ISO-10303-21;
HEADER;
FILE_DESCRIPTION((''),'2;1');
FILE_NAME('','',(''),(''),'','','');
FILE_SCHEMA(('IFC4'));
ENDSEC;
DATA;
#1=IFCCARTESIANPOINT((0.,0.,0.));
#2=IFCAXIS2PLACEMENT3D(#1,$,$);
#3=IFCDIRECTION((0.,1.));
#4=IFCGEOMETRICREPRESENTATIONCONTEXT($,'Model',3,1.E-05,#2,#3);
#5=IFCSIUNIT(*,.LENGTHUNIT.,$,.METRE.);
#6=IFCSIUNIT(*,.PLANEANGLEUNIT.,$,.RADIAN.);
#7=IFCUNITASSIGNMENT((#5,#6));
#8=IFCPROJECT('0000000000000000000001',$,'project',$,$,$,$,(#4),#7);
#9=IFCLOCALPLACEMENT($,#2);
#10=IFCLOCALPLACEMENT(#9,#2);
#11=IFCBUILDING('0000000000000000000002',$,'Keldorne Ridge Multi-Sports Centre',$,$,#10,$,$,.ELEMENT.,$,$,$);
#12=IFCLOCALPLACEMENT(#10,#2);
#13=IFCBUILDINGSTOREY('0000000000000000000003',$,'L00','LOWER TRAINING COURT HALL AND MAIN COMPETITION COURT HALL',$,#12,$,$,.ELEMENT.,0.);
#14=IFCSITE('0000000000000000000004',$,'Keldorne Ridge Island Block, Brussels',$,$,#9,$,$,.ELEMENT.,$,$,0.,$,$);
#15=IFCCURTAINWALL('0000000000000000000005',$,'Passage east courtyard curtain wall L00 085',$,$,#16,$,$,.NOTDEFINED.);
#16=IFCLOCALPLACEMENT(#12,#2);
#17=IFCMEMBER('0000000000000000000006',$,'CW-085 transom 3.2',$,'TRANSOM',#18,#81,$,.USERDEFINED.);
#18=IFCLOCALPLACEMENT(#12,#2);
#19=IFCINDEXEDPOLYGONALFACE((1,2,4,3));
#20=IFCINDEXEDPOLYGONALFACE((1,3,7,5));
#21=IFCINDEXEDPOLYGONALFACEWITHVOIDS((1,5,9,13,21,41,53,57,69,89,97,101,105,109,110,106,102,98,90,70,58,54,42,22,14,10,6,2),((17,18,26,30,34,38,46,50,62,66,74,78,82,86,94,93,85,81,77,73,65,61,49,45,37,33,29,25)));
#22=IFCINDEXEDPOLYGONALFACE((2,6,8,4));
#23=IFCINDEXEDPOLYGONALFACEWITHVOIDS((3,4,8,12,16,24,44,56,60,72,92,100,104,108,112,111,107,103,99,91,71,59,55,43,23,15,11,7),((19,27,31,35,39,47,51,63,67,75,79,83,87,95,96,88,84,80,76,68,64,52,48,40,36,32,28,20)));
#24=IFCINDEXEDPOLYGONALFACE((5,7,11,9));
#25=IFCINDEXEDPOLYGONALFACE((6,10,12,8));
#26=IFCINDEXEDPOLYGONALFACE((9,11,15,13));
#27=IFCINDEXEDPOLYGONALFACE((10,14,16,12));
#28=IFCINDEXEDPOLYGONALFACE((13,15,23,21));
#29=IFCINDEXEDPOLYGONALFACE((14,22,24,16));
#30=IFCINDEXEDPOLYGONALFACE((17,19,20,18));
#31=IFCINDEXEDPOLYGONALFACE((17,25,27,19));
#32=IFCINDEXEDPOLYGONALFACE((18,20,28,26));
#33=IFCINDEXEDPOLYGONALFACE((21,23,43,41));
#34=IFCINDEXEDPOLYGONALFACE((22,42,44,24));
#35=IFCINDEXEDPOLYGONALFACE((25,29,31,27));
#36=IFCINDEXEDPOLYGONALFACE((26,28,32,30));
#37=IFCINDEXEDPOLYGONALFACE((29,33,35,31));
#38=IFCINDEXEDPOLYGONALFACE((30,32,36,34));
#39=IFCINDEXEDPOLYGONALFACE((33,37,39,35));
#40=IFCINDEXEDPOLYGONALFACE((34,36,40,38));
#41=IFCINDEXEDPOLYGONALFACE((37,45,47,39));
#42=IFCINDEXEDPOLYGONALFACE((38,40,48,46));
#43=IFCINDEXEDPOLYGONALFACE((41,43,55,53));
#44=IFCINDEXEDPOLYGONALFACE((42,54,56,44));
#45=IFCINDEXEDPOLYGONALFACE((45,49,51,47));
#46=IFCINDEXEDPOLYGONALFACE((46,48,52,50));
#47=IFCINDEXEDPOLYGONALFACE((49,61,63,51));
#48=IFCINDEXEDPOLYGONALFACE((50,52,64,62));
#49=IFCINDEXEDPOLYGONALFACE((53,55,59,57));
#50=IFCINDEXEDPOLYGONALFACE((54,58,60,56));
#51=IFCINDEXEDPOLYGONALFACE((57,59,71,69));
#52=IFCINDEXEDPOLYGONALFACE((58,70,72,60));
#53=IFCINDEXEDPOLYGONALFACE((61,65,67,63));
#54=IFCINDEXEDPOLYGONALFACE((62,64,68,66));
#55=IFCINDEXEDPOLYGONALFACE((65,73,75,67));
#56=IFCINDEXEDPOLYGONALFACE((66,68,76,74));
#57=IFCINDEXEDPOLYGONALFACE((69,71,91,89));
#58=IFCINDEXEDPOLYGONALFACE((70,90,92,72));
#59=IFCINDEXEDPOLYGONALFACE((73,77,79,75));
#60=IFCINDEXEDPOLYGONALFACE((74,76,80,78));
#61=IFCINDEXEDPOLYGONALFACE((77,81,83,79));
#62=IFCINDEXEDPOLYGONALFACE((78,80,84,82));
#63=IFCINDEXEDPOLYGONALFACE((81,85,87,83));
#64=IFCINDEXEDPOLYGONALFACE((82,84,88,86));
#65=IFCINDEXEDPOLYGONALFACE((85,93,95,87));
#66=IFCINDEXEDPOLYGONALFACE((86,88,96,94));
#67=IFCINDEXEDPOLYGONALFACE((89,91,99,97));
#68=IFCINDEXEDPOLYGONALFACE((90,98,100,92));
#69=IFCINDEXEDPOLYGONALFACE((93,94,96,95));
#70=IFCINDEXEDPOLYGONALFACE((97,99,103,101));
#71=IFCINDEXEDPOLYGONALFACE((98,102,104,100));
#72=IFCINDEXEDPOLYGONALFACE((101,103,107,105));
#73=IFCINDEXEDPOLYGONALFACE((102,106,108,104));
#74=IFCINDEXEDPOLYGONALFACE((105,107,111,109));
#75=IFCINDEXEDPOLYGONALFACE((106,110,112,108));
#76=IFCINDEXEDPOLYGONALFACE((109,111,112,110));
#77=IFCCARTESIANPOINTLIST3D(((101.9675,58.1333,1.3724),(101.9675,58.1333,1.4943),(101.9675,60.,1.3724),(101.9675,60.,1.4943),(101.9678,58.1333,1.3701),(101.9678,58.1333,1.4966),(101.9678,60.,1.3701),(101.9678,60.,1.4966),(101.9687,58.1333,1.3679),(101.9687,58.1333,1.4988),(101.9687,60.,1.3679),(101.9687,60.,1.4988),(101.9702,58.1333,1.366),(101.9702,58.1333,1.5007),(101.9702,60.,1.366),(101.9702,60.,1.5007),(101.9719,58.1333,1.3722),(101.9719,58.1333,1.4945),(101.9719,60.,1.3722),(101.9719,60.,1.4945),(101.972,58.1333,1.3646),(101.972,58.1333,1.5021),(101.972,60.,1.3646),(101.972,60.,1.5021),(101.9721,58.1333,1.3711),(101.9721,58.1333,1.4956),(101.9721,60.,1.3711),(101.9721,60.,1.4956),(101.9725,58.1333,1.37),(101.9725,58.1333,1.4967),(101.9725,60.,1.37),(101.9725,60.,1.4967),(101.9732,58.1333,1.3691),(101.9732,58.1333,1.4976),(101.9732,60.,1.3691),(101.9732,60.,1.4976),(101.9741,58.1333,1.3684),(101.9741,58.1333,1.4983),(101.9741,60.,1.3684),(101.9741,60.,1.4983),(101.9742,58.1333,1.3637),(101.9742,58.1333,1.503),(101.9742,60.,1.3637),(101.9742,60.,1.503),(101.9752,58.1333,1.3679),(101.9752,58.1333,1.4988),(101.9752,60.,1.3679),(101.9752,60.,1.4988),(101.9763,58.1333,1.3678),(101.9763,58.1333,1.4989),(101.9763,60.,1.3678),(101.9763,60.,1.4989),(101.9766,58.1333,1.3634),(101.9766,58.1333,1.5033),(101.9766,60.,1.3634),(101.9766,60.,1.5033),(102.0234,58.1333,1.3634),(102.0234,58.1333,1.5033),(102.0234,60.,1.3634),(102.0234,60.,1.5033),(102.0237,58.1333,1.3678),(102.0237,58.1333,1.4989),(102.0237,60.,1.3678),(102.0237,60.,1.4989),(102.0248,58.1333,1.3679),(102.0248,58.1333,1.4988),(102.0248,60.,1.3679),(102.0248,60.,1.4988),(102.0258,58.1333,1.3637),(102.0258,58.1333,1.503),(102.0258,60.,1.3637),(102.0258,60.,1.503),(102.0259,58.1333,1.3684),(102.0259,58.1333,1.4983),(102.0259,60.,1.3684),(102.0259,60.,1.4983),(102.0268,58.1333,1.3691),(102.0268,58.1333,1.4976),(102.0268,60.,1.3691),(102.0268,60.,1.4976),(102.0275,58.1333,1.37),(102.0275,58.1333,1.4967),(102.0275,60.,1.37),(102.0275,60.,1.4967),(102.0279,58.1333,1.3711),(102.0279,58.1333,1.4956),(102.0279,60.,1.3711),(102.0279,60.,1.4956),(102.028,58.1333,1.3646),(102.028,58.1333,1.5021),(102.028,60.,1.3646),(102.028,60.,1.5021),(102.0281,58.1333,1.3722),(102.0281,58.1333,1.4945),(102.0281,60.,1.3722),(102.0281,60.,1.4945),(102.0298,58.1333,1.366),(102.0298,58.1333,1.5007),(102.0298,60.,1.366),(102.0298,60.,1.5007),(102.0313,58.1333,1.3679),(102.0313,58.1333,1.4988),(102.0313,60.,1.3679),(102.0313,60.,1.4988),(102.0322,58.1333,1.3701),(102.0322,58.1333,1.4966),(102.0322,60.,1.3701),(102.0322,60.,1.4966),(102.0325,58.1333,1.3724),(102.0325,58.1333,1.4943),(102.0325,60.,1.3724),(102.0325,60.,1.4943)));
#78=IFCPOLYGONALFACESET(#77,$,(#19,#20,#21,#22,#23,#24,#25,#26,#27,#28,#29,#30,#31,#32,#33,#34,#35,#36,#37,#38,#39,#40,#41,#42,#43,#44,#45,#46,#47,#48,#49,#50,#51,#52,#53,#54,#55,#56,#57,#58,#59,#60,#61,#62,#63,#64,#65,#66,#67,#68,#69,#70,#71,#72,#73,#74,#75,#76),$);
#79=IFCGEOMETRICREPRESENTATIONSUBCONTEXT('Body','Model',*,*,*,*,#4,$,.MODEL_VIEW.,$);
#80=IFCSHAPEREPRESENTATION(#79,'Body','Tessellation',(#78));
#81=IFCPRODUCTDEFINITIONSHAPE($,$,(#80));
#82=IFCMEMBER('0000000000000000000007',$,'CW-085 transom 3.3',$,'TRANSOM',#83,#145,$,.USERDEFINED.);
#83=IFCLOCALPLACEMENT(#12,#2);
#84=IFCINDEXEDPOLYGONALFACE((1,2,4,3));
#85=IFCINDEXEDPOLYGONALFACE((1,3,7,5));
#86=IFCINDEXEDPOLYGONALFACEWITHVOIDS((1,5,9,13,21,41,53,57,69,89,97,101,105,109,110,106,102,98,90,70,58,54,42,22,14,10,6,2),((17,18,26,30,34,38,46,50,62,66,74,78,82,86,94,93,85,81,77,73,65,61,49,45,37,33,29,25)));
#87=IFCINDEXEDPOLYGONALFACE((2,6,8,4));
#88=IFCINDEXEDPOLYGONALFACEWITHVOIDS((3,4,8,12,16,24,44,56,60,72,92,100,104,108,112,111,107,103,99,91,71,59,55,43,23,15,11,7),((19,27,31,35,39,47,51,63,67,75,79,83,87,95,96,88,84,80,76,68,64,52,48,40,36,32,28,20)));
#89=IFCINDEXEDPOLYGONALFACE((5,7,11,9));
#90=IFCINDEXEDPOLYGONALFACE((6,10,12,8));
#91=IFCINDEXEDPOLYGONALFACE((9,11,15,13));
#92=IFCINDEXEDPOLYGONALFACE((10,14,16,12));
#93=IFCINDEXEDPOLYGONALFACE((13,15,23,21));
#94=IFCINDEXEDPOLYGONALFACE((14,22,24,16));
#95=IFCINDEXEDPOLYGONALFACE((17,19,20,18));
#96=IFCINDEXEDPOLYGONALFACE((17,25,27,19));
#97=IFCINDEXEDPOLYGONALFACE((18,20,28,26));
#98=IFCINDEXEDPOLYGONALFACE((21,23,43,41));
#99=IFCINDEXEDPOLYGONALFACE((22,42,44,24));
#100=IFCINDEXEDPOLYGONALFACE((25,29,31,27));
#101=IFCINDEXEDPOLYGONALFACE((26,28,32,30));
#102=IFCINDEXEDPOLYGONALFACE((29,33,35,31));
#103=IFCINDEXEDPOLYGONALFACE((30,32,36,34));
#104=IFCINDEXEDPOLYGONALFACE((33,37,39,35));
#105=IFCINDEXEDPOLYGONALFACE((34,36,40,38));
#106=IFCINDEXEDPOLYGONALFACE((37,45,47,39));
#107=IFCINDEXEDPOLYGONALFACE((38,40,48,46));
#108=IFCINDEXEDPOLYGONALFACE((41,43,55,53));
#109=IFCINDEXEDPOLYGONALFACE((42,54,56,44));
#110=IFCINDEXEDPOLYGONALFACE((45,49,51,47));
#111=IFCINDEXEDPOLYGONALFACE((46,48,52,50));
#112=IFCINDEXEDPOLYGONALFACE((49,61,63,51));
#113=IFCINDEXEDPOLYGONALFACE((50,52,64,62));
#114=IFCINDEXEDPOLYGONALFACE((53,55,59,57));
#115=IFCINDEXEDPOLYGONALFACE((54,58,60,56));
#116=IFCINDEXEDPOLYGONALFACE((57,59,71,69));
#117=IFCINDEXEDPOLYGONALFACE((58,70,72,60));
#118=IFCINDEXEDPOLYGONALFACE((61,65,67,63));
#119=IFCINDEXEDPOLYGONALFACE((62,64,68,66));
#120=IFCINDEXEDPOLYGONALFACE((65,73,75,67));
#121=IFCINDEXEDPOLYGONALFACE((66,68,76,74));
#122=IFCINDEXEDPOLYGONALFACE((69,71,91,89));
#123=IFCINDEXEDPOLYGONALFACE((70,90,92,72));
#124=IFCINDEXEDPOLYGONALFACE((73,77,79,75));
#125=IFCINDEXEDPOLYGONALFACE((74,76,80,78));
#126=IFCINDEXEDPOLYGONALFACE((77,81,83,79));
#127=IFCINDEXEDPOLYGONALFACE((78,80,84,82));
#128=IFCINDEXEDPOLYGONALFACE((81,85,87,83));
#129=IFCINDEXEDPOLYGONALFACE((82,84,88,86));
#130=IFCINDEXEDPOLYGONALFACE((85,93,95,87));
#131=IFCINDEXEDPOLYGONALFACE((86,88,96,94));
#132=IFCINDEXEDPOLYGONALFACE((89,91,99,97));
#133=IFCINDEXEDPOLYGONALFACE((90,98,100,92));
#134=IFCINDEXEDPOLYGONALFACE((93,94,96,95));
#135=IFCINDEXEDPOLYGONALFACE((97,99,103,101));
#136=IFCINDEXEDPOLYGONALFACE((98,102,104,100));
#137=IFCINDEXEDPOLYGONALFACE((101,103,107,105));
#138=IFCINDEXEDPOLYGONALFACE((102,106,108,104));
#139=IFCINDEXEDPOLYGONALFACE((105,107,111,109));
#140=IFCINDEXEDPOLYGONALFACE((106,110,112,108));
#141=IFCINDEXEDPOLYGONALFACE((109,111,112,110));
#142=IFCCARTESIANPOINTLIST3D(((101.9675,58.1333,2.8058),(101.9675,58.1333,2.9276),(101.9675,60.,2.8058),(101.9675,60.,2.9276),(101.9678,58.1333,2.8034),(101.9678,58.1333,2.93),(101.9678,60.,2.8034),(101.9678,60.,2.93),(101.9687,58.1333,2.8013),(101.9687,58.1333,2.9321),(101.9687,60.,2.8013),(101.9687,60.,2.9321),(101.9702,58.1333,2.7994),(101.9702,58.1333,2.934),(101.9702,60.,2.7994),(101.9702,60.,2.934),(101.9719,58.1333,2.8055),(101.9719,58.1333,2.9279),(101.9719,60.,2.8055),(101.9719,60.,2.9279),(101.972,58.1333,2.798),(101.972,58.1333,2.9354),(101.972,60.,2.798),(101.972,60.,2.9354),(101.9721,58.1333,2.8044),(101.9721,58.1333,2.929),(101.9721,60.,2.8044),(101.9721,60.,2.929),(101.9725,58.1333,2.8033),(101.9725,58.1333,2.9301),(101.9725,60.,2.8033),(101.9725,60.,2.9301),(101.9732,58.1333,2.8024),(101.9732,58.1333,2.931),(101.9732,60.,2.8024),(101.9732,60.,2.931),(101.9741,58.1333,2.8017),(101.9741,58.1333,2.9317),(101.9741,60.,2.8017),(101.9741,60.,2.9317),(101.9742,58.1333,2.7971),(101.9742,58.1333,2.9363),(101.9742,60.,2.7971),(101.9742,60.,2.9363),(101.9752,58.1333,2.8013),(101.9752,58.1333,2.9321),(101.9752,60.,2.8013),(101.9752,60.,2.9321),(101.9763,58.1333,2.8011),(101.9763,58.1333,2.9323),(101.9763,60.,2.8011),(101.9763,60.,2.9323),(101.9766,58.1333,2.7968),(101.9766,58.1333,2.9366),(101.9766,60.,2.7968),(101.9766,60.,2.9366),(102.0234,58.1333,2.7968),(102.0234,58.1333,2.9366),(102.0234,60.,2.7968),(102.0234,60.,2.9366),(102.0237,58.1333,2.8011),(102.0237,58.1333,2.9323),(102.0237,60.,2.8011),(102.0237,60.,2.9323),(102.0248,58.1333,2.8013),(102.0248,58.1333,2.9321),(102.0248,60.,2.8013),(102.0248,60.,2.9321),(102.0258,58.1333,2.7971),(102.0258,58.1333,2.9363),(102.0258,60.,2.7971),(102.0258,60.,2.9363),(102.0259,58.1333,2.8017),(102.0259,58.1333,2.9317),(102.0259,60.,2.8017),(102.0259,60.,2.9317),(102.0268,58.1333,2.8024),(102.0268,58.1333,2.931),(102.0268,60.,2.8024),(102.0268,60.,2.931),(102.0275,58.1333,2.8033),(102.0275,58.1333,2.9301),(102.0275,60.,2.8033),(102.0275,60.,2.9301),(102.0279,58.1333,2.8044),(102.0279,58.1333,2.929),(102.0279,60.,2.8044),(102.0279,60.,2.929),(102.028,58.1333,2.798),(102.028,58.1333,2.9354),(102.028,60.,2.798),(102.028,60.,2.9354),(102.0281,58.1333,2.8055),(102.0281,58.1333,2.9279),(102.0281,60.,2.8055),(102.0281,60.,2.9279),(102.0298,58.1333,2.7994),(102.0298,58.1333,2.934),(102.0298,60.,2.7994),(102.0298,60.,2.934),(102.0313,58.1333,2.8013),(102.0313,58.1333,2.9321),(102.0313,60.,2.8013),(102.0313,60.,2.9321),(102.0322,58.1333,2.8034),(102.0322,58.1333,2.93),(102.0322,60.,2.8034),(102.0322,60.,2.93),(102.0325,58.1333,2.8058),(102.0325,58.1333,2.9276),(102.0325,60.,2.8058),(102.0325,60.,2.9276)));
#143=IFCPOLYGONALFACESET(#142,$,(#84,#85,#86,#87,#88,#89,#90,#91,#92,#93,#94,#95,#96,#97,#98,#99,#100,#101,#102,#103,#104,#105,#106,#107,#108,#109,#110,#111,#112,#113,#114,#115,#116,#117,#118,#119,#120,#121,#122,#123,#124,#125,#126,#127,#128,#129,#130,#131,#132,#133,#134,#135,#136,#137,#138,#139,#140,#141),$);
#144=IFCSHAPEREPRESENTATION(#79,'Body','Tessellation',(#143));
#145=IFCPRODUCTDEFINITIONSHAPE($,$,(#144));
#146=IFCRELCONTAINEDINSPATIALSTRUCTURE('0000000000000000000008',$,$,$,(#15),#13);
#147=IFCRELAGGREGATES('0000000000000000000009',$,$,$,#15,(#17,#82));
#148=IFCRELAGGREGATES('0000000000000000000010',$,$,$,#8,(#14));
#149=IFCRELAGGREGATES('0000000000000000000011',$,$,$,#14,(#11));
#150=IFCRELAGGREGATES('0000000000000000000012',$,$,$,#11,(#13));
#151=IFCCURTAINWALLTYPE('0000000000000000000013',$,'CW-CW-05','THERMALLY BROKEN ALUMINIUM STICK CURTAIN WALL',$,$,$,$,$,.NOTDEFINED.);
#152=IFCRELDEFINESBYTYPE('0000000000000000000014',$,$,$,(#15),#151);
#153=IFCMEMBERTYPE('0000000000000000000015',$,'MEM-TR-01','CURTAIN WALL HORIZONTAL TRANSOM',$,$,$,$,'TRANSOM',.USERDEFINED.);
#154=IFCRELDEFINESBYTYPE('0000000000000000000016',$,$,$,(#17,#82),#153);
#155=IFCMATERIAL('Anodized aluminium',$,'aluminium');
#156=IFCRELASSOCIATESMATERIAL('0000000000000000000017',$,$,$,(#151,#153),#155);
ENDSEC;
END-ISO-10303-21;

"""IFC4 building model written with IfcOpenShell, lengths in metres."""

from ifc_helpers import new_model, si_unit, direction, frame, origin, origin_2d, place, context, subcontext, project, spatial, hollow_rectangle, extrude, material, material_profile, profile_set, type_object, element, aggregate, save


model = new_model("IFC4")

# Units and contexts
model_context = context("Model", 3, precision=1e-05, world=origin(), true_north=direction((0.0, 1.0)))
body_context = subcontext(model_context, "Body", "Model", "MODEL_VIEW")
ifc_project = project(units=[si_unit("LENGTHUNIT", "METRE"), si_unit("PLANEANGLEUNIT", "RADIAN")], contexts=[model_context])

# Site, building, storey
site_placement = place(None, origin())
site = spatial("IfcSite", under=ifc_project, at=site_placement, Name="Keldorne Ridge Island Block, Brussels", CompositionType="ELEMENT", RefElevation=0.0)
building_placement = place(site_placement, origin())
building = spatial("IfcBuilding", under=site, at=building_placement, Name="Keldorne Ridge Multi-Sports Centre", CompositionType="ELEMENT")
storey_placement = place(building_placement, origin())
storey = spatial("IfcBuildingStorey", under=building, at=storey_placement, Name="L00", Description="LOWER TRAINING COURT HALL AND MAIN COMPETITION COURT HALL", CompositionType="ELEMENT", Elevation=0.0)

# Curtain wall, members
ifc_material_1 = material(Name="Anodized aluminium", Category="aluminium")
curtain_wall_type = type_object("IfcCurtainWallType", Name="CW-CW-05", Description="THERMALLY BROKEN ALUMINIUM STICK CURTAIN WALL", PredefinedType="NOTDEFINED", material=ifc_material_1)
curtain_wall_placement = place(storey_placement, origin())
curtain_wall = element("IfcCurtainWall", 1, at=curtain_wall_placement, inside=storey, type_object=curtain_wall_type, Name="Passage east courtyard curtain wall L00 085", PredefinedType="NOTDEFINED")
ifc_material_profile_1 = material_profile(ifc_material_1, hollow_rectangle(XDim=0.0649, YDim=0.1399, WallThickness=0.0044, InnerFilletRadius=0.0044, OuterFilletRadius=0.009, at=origin_2d()), Name="ALU TRANSOM 140x65x4.5")
ifc_profile_set_1 = profile_set([ifc_material_profile_1], Name="Anodized aluminium")
member_type_1 = type_object("IfcMemberType", Name="MEM-TR-01", Description="CURTAIN WALL HORIZONTAL TRANSOM", ElementType="TRANSOM", PredefinedType="USERDEFINED", material=ifc_profile_set_1)
member_1_placement = place(storey_placement, frame((102.0, 58.1333, 1.4333), z_axis=(0.0, 1.0, 0.0), x_axis=(-1.0, 0.0, 0.0)))
member_1 = element("IfcMember", 2, at=member_1_placement, type_object=member_type_1, Name="CW-085 transom 3.2", ObjectType="TRANSOM", PredefinedType="USERDEFINED", context=body_context, shape_type="SweptSolid", body=[
    extrude(hollow_rectangle(XDim=0.0649, YDim=0.1399, WallThickness=0.0044, InnerFilletRadius=0.0044, OuterFilletRadius=0.009, at=origin_2d()), origin(), (0.0, 0.0, 1.0), 1.8667),
])
member_2_placement = place(storey_placement, frame((102.0, 58.1333, 2.8667), z_axis=(0.0, 1.0, 0.0), x_axis=(-1.0, 0.0, 0.0)))
member_2 = element("IfcMember", 3, at=member_2_placement, type_object=member_type_1, Name="CW-085 transom 3.3", ObjectType="TRANSOM", PredefinedType="USERDEFINED", context=body_context, shape_type="SweptSolid", body=[
    extrude(hollow_rectangle(XDim=0.0649, YDim=0.1399, WallThickness=0.0044, InnerFilletRadius=0.0044, OuterFilletRadius=0.009, at=origin_2d()), origin(), (0.0, 0.0, 1.0), 1.8667),
])
aggregate(curtain_wall, [member_1, member_2])

save(model, "model.ifc")
